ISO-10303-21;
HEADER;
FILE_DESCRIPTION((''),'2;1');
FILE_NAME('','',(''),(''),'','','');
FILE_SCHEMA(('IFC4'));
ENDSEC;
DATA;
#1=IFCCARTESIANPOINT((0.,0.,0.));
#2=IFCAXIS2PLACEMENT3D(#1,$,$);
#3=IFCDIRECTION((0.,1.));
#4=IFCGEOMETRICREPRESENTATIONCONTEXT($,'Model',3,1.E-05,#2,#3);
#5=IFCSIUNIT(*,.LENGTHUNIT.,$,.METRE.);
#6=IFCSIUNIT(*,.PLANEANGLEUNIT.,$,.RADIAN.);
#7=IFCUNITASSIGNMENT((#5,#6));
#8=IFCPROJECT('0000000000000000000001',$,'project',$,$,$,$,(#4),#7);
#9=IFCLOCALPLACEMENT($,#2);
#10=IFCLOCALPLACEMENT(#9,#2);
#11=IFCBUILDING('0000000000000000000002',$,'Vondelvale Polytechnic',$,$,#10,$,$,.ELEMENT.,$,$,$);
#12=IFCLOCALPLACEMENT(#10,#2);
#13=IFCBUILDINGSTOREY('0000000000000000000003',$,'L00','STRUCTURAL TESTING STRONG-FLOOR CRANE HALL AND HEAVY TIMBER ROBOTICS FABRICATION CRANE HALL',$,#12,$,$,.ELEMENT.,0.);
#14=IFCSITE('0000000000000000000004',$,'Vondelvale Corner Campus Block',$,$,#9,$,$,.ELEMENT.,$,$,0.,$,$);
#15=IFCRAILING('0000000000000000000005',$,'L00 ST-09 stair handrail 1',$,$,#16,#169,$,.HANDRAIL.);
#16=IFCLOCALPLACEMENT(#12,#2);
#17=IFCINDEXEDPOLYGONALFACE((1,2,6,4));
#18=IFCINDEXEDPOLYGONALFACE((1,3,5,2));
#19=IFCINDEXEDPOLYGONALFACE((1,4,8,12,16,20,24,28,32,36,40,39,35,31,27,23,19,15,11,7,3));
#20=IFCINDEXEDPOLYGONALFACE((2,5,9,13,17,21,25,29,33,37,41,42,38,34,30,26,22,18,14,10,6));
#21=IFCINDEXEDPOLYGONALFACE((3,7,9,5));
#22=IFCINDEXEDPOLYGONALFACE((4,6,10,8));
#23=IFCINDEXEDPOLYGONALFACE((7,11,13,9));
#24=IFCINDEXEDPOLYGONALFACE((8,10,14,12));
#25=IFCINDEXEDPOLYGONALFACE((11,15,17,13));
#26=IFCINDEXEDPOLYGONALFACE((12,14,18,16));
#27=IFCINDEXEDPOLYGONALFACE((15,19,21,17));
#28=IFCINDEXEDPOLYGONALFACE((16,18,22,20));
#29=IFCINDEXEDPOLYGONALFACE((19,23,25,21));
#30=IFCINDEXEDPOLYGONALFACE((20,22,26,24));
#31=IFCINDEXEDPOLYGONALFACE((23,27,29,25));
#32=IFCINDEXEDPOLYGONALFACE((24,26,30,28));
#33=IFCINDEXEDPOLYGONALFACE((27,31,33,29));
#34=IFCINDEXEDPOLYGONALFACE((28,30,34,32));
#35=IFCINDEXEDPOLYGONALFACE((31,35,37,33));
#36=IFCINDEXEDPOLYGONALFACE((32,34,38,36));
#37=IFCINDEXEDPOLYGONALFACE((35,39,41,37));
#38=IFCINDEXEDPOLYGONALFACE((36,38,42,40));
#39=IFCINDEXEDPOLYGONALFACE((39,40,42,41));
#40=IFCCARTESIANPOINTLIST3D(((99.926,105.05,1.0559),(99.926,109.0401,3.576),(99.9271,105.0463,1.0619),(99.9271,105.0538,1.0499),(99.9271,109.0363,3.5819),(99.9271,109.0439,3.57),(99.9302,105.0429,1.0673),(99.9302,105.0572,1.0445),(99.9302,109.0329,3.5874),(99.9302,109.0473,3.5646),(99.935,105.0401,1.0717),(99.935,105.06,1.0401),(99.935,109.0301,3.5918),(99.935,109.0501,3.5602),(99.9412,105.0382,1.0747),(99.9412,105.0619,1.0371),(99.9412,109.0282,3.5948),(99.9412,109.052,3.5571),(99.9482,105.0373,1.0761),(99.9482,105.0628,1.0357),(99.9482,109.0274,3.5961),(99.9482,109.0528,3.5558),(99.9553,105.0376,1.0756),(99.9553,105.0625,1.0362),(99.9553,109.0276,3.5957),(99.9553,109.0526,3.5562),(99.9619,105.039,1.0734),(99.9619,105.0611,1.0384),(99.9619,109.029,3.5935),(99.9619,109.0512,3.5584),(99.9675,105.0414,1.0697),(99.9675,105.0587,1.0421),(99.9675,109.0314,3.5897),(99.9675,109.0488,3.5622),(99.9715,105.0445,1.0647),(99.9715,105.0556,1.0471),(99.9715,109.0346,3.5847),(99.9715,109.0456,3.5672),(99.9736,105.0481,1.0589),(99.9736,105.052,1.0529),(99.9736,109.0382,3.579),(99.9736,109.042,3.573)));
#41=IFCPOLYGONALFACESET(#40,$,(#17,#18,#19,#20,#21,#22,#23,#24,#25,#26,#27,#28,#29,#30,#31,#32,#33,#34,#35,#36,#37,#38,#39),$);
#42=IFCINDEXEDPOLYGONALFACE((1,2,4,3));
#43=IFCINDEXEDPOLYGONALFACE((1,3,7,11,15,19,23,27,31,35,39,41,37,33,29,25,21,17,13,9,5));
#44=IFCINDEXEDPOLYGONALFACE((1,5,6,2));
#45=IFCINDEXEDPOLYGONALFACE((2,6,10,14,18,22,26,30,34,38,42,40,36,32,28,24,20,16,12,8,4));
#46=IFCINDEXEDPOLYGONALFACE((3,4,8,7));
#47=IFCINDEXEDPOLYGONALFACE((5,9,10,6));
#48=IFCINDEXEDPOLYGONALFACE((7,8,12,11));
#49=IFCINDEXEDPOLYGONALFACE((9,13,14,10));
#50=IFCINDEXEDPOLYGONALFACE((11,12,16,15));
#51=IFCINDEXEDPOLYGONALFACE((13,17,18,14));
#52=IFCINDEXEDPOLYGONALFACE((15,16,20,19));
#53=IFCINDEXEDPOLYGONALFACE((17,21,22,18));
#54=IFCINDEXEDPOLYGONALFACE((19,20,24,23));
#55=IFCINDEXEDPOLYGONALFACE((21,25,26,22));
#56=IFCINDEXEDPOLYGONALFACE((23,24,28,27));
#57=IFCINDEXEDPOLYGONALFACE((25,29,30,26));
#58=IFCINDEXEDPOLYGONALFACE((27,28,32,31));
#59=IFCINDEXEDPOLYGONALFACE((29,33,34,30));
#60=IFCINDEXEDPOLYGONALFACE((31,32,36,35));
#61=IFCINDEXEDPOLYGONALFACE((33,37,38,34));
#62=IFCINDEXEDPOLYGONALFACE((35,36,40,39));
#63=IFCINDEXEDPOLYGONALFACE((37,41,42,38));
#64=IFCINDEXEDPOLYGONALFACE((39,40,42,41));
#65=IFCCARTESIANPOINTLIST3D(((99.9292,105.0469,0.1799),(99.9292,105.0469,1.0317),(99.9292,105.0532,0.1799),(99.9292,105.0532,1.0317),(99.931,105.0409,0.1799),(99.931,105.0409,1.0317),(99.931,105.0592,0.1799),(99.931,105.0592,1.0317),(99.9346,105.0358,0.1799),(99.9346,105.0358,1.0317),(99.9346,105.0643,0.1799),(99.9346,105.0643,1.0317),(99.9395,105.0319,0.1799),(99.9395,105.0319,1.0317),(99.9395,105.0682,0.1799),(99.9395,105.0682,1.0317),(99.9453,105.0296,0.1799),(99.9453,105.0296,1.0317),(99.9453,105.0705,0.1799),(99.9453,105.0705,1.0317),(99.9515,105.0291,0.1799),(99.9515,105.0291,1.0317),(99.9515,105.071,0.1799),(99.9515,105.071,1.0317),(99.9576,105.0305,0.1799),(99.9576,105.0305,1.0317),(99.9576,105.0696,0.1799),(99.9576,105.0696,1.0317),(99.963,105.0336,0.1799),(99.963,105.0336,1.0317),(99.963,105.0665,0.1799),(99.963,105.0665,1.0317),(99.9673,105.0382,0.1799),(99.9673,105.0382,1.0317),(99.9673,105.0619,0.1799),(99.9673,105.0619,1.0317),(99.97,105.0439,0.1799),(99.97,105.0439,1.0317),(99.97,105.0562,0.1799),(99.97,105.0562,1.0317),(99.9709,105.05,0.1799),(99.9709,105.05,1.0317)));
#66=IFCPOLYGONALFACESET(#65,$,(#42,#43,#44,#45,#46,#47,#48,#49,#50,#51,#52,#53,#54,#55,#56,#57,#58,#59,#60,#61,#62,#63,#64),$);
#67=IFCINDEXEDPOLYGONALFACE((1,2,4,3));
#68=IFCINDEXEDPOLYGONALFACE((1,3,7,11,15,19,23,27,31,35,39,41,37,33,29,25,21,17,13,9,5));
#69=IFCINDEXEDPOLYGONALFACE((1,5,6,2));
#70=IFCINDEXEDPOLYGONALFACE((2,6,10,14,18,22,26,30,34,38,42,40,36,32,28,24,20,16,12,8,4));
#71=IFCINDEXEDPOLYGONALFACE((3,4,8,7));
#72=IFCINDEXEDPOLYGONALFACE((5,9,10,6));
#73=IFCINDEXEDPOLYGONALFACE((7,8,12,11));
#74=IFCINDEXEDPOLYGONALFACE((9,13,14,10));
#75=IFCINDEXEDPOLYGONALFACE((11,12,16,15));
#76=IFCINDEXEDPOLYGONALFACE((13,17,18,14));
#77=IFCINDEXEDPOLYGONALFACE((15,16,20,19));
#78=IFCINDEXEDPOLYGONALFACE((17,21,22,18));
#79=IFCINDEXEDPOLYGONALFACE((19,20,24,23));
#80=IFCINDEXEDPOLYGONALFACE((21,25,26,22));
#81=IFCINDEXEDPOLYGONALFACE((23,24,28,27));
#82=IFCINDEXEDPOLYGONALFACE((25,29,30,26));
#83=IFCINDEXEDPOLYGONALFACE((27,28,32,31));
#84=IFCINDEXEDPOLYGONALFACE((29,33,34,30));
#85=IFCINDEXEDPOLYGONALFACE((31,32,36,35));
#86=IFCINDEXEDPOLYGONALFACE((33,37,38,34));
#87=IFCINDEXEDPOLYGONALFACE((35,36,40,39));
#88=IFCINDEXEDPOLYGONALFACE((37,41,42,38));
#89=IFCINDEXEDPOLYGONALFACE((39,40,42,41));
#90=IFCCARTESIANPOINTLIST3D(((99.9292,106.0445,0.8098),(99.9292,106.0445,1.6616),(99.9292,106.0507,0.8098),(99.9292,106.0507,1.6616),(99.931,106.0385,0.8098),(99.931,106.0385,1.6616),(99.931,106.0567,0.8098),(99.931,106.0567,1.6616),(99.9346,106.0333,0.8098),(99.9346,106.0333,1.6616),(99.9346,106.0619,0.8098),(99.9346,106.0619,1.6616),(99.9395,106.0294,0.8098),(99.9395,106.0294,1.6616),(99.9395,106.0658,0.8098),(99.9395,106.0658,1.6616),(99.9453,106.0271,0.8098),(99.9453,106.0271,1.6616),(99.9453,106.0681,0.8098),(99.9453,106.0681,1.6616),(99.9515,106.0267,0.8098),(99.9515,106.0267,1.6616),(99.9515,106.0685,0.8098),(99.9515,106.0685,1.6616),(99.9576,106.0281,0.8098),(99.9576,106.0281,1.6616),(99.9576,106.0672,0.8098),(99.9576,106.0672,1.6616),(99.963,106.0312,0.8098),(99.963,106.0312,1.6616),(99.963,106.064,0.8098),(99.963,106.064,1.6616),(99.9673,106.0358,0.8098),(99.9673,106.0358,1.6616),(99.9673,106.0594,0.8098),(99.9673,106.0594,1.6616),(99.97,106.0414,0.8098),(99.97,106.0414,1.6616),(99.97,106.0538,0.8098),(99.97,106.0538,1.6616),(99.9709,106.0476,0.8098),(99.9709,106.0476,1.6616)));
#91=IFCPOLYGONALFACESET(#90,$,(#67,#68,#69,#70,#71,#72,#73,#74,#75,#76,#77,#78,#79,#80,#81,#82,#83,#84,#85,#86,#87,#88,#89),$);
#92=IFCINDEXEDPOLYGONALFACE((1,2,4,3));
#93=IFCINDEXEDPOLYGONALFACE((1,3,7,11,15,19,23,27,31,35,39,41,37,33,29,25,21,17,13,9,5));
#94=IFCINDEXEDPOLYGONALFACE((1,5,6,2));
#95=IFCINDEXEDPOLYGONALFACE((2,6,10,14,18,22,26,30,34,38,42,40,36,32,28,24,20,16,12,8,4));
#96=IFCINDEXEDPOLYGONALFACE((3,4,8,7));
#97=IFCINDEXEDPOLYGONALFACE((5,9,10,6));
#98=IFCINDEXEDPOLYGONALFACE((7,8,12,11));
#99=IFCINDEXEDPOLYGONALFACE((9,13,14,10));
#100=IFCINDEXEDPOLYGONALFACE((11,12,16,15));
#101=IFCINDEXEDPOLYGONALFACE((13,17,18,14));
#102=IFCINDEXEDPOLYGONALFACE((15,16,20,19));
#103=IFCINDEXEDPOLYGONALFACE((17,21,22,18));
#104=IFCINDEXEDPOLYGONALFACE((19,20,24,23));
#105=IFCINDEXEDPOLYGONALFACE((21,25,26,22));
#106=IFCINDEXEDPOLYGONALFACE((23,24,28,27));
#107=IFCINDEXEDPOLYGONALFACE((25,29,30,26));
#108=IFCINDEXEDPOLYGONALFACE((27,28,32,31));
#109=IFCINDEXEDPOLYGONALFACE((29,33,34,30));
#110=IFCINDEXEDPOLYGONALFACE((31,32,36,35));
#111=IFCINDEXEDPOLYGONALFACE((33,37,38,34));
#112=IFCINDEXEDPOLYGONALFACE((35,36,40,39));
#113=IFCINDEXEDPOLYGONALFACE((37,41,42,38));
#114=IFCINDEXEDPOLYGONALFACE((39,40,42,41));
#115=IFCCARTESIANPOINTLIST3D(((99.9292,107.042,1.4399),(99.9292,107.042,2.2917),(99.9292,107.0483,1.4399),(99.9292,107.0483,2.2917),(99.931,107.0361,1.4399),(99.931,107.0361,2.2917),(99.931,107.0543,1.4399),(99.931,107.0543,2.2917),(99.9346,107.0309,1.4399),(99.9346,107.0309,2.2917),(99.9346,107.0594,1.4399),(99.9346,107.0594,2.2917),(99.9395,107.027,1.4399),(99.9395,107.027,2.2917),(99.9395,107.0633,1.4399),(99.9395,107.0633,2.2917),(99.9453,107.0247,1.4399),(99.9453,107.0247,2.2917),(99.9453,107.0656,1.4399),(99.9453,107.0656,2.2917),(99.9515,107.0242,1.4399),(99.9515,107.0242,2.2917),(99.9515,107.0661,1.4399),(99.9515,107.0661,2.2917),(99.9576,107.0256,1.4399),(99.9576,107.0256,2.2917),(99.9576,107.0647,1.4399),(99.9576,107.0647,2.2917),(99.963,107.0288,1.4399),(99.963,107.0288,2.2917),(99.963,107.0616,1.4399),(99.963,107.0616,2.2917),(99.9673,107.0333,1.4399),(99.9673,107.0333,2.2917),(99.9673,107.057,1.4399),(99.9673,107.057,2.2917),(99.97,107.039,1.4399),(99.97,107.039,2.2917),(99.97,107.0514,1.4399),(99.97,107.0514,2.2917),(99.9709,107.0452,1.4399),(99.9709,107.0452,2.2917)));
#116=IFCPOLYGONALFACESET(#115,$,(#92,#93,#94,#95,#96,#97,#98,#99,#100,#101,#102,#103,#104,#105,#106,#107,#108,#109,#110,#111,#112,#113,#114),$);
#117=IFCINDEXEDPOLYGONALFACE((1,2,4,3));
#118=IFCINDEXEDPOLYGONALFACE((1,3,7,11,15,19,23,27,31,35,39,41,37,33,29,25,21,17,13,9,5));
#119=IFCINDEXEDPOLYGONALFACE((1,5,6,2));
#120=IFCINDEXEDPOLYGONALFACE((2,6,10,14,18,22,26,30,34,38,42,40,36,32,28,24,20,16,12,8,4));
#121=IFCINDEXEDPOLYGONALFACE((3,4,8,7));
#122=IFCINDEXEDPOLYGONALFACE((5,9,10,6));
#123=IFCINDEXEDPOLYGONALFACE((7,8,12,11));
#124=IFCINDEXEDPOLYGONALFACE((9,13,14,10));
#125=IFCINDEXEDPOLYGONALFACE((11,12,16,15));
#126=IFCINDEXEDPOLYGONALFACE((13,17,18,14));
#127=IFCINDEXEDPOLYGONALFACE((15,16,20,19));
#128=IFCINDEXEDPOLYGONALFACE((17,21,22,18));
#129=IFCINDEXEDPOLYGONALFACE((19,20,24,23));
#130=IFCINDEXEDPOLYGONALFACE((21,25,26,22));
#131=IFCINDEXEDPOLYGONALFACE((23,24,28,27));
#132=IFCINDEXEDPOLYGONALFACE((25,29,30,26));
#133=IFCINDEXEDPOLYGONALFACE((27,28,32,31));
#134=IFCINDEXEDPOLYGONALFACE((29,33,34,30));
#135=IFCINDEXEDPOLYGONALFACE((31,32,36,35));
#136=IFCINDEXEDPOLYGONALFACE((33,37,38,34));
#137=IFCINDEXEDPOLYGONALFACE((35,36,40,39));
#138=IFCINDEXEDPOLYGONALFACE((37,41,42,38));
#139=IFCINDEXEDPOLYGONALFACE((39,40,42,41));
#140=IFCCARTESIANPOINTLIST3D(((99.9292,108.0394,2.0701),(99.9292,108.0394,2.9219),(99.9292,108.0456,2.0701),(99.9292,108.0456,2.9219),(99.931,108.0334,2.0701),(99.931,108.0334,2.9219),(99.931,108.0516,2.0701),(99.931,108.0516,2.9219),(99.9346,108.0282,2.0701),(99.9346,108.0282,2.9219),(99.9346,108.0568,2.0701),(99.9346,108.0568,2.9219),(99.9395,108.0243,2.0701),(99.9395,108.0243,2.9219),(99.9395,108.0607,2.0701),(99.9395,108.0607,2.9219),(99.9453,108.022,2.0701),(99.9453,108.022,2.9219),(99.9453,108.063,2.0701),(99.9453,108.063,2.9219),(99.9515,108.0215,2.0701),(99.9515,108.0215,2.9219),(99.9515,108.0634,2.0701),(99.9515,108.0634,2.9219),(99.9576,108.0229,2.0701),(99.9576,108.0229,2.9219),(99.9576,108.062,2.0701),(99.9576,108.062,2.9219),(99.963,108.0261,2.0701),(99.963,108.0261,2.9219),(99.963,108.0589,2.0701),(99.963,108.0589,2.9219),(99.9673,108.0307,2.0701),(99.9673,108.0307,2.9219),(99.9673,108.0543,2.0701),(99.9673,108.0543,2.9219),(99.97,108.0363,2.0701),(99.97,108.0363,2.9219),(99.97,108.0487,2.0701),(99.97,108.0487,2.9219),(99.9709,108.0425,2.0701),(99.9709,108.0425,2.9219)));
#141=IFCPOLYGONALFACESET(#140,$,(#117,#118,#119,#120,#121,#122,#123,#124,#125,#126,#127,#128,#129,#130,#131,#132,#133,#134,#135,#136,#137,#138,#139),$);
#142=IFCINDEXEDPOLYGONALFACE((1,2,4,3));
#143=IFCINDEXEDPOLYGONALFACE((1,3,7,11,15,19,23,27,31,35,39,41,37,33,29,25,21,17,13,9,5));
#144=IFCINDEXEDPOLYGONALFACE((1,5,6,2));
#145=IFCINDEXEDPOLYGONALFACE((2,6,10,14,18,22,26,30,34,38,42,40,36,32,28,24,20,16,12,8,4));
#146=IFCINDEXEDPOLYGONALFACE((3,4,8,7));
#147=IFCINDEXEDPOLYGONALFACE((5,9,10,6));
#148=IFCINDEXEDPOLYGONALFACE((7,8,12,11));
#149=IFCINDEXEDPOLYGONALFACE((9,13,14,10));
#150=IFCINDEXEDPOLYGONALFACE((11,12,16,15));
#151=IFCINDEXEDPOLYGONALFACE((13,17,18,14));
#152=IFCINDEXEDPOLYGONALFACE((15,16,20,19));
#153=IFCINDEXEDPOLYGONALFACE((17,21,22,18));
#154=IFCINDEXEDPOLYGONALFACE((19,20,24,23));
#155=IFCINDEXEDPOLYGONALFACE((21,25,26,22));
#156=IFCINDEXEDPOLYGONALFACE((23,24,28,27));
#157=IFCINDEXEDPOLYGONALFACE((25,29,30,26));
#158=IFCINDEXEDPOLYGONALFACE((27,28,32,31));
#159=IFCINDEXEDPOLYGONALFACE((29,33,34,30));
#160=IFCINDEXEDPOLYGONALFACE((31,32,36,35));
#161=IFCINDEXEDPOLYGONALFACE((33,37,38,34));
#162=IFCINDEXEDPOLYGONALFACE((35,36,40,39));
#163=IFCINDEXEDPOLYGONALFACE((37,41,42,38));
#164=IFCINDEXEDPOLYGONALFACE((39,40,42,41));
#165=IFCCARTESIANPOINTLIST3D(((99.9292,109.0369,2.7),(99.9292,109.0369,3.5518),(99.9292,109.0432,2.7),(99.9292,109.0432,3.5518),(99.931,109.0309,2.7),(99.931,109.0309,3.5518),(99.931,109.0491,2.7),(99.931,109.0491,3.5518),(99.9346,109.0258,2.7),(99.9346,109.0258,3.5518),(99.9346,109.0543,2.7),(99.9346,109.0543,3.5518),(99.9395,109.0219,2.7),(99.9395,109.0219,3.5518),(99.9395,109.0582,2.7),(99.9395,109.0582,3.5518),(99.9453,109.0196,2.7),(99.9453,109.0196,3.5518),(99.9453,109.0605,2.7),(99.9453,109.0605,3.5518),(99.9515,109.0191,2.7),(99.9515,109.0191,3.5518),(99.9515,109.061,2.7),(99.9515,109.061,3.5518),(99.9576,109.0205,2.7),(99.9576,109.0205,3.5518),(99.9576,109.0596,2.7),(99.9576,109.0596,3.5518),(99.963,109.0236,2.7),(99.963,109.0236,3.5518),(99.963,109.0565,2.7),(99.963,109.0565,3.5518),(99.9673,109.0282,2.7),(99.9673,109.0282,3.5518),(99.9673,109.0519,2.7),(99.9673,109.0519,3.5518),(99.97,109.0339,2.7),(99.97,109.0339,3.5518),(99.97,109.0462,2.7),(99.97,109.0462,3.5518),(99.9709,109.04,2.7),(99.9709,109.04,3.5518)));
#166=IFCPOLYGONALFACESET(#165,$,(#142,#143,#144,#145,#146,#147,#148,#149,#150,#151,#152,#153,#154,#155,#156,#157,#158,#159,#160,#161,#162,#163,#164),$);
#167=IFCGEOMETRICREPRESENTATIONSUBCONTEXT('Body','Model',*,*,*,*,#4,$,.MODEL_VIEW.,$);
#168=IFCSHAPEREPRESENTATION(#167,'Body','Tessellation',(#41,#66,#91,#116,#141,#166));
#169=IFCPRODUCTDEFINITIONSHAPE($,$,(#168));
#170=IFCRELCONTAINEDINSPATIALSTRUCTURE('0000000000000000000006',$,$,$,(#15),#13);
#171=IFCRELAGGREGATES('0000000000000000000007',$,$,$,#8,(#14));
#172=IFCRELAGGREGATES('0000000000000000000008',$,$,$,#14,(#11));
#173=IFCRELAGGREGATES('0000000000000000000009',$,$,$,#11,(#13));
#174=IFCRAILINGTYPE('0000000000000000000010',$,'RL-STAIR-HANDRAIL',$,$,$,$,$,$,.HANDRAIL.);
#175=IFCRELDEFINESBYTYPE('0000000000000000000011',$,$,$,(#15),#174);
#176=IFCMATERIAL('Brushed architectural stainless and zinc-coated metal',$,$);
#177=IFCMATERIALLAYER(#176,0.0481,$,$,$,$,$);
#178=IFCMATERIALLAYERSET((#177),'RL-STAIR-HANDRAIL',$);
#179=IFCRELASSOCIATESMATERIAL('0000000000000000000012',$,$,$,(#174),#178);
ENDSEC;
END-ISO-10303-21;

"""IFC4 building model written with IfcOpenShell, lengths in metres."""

from ifc_helpers import new_model, si_unit, direction, frame, origin, origin_2d, place, context, subcontext, project, spatial, circle, extrude, material, layer, layer_set, type_object, element, save


model = new_model("IFC4")

# Units and contexts
model_context = context("Model", 3, precision=1e-05, world=origin(), true_north=direction((0.0, 1.0)))
body_context = subcontext(model_context, "Body", "Model", "MODEL_VIEW")
ifc_project = project(units=[si_unit("LENGTHUNIT", "METRE"), si_unit("PLANEANGLEUNIT", "RADIAN")], contexts=[model_context])

# Site, building, storey
site_placement = place(None, origin())
site = spatial("IfcSite", under=ifc_project, at=site_placement, Name="Vondelvale Corner Campus Block", CompositionType="ELEMENT", RefElevation=0.0)
building_placement = place(site_placement, origin())
building = spatial("IfcBuilding", under=site, at=building_placement, Name="Vondelvale Polytechnic", CompositionType="ELEMENT")
storey_placement = place(building_placement, origin())
storey = spatial("IfcBuildingStorey", under=building, at=storey_placement, Name="L00", Description="STRUCTURAL TESTING STRONG-FLOOR CRANE HALL AND HEAVY TIMBER ROBOTICS FABRICATION CRANE HALL", CompositionType="ELEMENT", Elevation=0.0)

# Railing
ifc_material_1 = material(Name="Brushed architectural stainless and zinc-coated metal")
ifc_layer_1 = layer(ifc_material_1, 0.0481)
ifc_layer_set_1 = layer_set([ifc_layer_1], Name="RL-STAIR-HANDRAIL")
railing_type_1 = type_object("IfcRailingType", Name="RL-STAIR-HANDRAIL", PredefinedType="HANDRAIL", material=ifc_layer_set_1)
railing_1_placement = place(storey_placement, frame((99.95, 105.05, 0.1799)))
element("IfcRailing", 1, at=railing_1_placement, inside=storey, type_object=railing_type_1, Name="L00 ST-09 stair handrail 1", PredefinedType="HANDRAIL", context=body_context, shape_type="SweptSolid", body=[
    extrude(circle(Radius=0.0239, at=origin_2d()), frame((0.0, 0.0, 0.876), z_axis=(0.0, 0.845486, 0.533997), x_axis=(-1.0, 0.0, 0.0)), (0.0, 0.0, 1.0), 4.7192),
    extrude(circle(Radius=0.021, at=origin_2d()), origin(), (0.0, 0.0, 1.0), 0.8518),
    extrude(circle(Radius=0.021, at=origin_2d()), frame((0.0, 0.9976, 0.6299)), (0.0, 0.0, 1.0), 0.8518),
    extrude(circle(Radius=0.021, at=origin_2d()), frame((0.0, 1.9951, 1.26)), (0.0, 0.0, 1.0), 0.8518),
    extrude(circle(Radius=0.021, at=origin_2d()), frame((0.0, 2.9924, 1.8901)), (0.0, 0.0, 1.0), 0.8518),
    extrude(circle(Radius=0.021, at=origin_2d()), frame((0.0, 3.99, 2.52)), (0.0, 0.0, 1.0), 0.8518),
])

save(model, "model.ifc")
